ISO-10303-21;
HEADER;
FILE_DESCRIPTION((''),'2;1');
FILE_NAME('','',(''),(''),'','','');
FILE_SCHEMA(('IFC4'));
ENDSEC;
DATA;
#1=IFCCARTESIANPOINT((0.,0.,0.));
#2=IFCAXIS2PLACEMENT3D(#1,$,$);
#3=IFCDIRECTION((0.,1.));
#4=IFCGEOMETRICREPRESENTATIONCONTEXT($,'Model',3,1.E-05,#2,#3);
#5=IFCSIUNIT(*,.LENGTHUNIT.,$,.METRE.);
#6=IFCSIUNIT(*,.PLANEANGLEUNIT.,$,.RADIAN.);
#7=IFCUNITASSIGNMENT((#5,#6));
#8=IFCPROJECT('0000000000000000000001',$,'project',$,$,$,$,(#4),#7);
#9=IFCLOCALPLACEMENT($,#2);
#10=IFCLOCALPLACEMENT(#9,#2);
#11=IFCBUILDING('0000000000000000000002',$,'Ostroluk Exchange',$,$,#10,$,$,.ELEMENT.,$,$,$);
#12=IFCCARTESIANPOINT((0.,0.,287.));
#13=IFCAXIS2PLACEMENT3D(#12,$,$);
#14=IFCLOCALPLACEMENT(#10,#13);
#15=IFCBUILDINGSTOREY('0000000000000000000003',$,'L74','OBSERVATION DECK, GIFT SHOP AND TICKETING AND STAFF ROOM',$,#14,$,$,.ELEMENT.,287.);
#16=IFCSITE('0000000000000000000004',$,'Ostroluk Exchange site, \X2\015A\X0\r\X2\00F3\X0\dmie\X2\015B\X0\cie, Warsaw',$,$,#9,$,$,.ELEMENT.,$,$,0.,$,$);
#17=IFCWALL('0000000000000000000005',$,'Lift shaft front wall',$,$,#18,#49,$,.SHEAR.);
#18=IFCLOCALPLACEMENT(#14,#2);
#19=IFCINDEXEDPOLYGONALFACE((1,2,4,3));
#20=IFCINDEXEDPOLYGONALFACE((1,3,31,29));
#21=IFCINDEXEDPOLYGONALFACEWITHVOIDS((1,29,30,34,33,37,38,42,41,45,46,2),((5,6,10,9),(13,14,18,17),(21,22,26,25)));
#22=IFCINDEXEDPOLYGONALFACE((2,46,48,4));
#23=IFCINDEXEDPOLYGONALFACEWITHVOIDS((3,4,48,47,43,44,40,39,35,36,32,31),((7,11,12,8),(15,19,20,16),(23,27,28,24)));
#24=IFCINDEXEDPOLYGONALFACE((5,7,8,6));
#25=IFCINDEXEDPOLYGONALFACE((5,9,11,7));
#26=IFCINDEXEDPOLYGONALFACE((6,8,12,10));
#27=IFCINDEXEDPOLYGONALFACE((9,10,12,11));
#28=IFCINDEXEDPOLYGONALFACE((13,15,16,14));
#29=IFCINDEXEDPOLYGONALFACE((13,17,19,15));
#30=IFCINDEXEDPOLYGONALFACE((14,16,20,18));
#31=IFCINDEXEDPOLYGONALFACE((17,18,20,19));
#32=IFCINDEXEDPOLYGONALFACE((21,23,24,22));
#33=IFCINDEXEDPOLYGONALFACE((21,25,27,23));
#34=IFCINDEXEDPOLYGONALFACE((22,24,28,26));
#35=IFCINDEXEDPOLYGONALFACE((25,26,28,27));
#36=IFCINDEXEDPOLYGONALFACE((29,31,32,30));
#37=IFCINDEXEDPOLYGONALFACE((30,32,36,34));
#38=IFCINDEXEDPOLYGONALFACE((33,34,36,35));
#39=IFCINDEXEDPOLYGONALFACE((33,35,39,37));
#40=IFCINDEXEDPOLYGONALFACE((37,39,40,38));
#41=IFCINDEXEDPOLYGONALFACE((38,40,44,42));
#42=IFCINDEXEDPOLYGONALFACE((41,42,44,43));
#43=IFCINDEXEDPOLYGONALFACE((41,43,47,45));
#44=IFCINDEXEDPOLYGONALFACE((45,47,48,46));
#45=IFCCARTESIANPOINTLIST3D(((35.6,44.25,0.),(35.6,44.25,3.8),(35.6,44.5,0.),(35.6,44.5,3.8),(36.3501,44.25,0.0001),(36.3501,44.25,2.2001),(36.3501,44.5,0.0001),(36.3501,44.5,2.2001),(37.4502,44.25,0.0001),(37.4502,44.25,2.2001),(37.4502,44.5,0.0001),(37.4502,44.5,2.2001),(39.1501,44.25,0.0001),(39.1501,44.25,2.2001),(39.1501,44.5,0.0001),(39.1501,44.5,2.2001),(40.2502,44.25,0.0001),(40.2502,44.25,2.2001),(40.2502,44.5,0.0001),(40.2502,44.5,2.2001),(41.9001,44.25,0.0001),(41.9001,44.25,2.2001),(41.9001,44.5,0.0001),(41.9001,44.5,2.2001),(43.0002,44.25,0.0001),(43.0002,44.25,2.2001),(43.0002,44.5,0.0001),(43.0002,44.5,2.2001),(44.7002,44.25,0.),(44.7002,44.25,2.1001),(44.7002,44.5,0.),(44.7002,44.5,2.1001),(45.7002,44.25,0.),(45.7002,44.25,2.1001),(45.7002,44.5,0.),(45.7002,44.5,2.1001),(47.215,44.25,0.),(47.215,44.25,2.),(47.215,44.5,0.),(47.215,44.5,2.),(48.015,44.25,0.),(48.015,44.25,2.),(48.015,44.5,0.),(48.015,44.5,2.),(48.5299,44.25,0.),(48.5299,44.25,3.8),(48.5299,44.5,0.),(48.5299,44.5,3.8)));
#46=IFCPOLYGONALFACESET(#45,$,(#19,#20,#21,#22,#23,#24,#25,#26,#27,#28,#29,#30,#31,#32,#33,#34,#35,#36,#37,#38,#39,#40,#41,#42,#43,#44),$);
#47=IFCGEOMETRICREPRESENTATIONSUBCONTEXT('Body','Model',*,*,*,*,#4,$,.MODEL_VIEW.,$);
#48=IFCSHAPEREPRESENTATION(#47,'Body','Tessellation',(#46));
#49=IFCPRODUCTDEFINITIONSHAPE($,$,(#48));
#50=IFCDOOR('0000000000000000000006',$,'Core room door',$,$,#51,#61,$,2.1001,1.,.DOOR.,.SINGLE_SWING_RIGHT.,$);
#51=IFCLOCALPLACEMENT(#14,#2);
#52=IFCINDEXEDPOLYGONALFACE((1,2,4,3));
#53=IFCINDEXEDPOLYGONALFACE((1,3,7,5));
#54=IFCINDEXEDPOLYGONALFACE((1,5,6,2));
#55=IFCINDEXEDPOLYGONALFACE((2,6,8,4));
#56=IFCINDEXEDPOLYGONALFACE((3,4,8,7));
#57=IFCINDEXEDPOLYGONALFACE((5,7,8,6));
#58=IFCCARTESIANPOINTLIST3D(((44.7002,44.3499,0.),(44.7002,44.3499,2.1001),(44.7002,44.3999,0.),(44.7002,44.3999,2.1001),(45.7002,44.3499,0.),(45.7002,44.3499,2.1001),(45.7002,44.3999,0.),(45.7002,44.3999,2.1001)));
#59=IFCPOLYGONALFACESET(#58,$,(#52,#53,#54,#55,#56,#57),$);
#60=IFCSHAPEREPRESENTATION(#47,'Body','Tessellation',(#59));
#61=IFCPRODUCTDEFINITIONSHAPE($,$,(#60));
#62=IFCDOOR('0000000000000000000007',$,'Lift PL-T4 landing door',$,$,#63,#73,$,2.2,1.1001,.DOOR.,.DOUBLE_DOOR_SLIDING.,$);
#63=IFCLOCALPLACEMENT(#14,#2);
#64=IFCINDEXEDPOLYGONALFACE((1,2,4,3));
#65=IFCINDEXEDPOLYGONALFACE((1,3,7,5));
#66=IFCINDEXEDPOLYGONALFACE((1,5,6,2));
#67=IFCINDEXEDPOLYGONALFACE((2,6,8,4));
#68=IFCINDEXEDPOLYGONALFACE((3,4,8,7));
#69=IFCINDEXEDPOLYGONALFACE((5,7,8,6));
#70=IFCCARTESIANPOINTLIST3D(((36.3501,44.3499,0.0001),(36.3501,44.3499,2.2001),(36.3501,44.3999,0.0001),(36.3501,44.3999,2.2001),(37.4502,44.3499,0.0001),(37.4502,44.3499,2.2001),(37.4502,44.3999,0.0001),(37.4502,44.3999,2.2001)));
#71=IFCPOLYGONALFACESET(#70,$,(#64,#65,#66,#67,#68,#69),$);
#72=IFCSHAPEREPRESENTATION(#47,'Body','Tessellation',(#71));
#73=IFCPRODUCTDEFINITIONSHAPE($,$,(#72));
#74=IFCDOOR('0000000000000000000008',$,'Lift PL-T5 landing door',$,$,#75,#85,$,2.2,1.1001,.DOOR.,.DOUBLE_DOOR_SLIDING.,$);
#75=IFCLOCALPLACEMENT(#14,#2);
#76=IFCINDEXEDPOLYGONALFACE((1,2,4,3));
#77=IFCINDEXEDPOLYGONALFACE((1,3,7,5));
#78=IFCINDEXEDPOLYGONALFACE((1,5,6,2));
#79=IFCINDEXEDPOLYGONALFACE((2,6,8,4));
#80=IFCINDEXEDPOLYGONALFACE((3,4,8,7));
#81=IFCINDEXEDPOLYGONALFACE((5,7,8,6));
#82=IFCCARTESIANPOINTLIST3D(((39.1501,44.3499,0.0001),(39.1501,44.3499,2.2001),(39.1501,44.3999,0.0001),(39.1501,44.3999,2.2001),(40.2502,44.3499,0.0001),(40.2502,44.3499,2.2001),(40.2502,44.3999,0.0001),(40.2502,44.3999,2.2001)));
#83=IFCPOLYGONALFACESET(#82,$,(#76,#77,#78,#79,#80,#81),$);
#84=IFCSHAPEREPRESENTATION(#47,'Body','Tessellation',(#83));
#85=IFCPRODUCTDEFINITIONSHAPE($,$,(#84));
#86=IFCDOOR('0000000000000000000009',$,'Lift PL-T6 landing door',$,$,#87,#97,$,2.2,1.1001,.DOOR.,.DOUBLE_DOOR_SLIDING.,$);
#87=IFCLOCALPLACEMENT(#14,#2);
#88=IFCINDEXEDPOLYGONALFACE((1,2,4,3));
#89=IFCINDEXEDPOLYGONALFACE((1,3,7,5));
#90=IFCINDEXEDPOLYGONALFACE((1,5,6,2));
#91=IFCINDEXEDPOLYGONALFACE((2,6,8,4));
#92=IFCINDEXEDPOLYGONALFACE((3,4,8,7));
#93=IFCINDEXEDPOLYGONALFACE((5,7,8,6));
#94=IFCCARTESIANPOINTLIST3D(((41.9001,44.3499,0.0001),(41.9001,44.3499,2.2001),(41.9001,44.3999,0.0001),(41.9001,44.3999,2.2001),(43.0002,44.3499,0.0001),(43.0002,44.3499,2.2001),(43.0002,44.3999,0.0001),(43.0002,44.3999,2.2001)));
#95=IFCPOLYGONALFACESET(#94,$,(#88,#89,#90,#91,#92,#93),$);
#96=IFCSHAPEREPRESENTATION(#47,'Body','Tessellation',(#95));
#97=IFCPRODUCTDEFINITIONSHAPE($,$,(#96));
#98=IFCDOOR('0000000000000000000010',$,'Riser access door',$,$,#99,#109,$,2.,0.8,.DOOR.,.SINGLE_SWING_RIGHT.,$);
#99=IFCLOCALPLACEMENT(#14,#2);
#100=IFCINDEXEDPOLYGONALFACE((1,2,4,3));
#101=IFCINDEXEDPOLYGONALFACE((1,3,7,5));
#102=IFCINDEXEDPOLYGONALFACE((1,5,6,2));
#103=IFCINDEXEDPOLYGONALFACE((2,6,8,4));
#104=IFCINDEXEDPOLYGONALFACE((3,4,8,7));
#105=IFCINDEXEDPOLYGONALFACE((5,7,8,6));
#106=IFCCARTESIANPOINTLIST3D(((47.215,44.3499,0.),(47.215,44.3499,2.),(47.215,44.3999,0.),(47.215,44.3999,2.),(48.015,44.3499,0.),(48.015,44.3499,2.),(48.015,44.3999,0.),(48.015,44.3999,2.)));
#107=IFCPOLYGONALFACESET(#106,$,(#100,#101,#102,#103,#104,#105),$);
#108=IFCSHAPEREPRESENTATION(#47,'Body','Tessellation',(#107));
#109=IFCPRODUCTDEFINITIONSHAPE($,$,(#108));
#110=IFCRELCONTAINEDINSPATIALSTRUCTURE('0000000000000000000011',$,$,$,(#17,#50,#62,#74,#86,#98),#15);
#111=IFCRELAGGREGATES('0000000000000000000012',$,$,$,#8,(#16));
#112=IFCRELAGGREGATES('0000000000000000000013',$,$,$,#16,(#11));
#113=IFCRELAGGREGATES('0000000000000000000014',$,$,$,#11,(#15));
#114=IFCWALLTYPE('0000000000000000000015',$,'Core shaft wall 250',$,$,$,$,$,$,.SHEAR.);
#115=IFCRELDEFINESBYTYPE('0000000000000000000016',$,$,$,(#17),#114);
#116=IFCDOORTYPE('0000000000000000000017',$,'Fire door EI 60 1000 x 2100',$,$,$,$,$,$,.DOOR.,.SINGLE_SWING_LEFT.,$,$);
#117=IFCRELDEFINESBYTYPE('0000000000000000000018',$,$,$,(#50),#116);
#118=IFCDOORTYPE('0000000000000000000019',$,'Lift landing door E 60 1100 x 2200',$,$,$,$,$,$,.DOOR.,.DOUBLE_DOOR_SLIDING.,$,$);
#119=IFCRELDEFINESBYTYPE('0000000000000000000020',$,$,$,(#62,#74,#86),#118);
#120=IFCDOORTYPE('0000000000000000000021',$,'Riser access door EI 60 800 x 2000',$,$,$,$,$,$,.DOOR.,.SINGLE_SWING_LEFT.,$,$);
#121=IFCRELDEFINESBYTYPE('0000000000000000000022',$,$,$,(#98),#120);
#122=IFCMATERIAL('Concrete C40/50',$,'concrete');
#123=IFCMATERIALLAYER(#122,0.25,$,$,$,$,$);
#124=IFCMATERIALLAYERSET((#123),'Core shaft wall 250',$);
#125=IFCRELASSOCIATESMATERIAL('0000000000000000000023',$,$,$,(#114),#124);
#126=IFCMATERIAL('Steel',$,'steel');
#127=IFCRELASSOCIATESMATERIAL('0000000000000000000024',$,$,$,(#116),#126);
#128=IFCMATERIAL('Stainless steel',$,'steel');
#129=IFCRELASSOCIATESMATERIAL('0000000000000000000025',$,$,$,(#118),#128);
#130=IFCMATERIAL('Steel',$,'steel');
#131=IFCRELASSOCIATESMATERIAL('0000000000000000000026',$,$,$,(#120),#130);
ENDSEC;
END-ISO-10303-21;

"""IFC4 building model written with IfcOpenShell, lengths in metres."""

from ifc_helpers import new_model, si_unit, direction, frame, frame_2d, origin, place, context, subcontext, project, spatial, rectangle, extrude, material, layer, layer_set, type_object, element, fill, save


model = new_model("IFC4")

# Units and contexts
model_context = context("Model", 3, precision=1e-05, world=origin(), true_north=direction((0.0, 1.0)))
body_context = subcontext(model_context, "Body", "Model", "MODEL_VIEW")
ifc_project = project(units=[si_unit("LENGTHUNIT", "METRE"), si_unit("PLANEANGLEUNIT", "RADIAN")], contexts=[model_context])

# Site, building, storey
site_placement = place(None, origin())
site = spatial("IfcSite", under=ifc_project, at=site_placement, Name="Ostroluk Exchange site, Śródmieście, Warsaw", CompositionType="ELEMENT", RefElevation=0.0)
building_placement = place(site_placement, origin())
building = spatial("IfcBuilding", under=site, at=building_placement, Name="Ostroluk Exchange", CompositionType="ELEMENT")
storey_placement = place(building_placement, frame((0.0, 0.0, 287.0)))
storey = spatial("IfcBuildingStorey", under=building, at=storey_placement, Name="L74", Description="OBSERVATION DECK, GIFT SHOP AND TICKETING AND STAFF ROOM", CompositionType="ELEMENT", Elevation=287.0)

# Shared definitions
ifc_material_1 = material(Name="Concrete C40/50", Category="concrete")
ifc_layer = layer(ifc_material_1, 0.25)
ifc_layer_set = layer_set([ifc_layer], Name="Core shaft wall 250")
wall_type = type_object("IfcWallType", Name="Core shaft wall 250", PredefinedType="SHEAR", material=ifc_layer_set)

# Wall, openings, doors
ifc_material_2 = material(Name="Steel", Category="steel")
door_type_1 = type_object("IfcDoorType", Name="Fire door EI 60 1000 x 2100", OperationType="SINGLE_SWING_LEFT", PredefinedType="DOOR", material=ifc_material_2)
ifc_material_3 = material(Name="Stainless steel", Category="steel")
door_type_2 = type_object("IfcDoorType", Name="Lift landing door E 60 1100 x 2200", OperationType="DOUBLE_DOOR_SLIDING", PredefinedType="DOOR", material=ifc_material_3)
ifc_material_4 = material(Name="Steel", Category="steel")
door_type_3 = type_object("IfcDoorType", Name="Riser access door EI 60 800 x 2000", OperationType="SINGLE_SWING_LEFT", PredefinedType="DOOR", material=ifc_material_4)
wall_1_placement = place(storey_placement, frame((35.6001, 44.375, 0.0), z_axis=(0.0, 0.0, 1.0), x_axis=(1.0, 0.0, 0.0)))
wall_1 = element("IfcWall", 1, at=wall_1_placement, inside=storey, type_object=wall_type, Name="Lift shaft front wall", PredefinedType="SHEAR", context=body_context, shape_type="SweptSolid", body=[
    extrude(rectangle(XDim=12.9299, YDim=0.25, at=frame_2d((6.4648, 0.0))), origin(), (0.0, 0.0, 1.0), 3.8),
])
opening_1_placement = place(wall_1_placement, frame((0.75, 0.0, 0.0)))
opening_1 = element("IfcOpeningElement", 2, at=opening_1_placement, cuts=wall_1, PredefinedType="OPENING", context=body_context, shape_type="SweptSolid", body=[
    extrude(rectangle(XDim=1.1001, YDim=2.2, at=frame_2d((0.55, 1.1001))), frame((0.0, 0.135, 0.0), z_axis=(0.0, -1.0, 0.0), x_axis=(1.0, 0.0, 0.0)), (0.0, 0.0, 1.0), 0.27),
])
opening_2_placement = place(wall_1_placement, frame((3.55, 0.0, 0.0)))
opening_2 = element("IfcOpeningElement", 3, at=opening_2_placement, cuts=wall_1, PredefinedType="OPENING", context=body_context, shape_type="SweptSolid", body=[
    extrude(rectangle(XDim=1.1001, YDim=2.2, at=frame_2d((0.55, 1.1001))), frame((0.0, 0.135, 0.0), z_axis=(0.0, -1.0, 0.0), x_axis=(1.0, 0.0, 0.0)), (0.0, 0.0, 1.0), 0.27),
])
opening_3_placement = place(wall_1_placement, frame((6.3, 0.0, 0.0)))
opening_3 = element("IfcOpeningElement", 4, at=opening_3_placement, cuts=wall_1, PredefinedType="OPENING", context=body_context, shape_type="SweptSolid", body=[
    extrude(rectangle(XDim=1.1001, YDim=2.2, at=frame_2d((0.55, 1.1001))), frame((0.0, 0.135, 0.0), z_axis=(0.0, -1.0, 0.0), x_axis=(1.0, 0.0, 0.0)), (0.0, 0.0, 1.0), 0.27),
])
opening_4_placement = place(wall_1_placement, frame((9.1001, 0.0, 0.0)))
opening_4 = element("IfcOpeningElement", 5, at=opening_4_placement, cuts=wall_1, PredefinedType="OPENING", context=body_context, shape_type="SweptSolid", body=[
    extrude(rectangle(XDim=1.0, YDim=2.1001, at=frame_2d((0.5, 1.05))), frame((0.0, 0.135, 0.0), z_axis=(0.0, -1.0, 0.0), x_axis=(1.0, 0.0, 0.0)), (0.0, 0.0, 1.0), 0.27),
])
opening_5_placement = place(wall_1_placement, frame((11.615, 0.0, 0.0)))
opening_5 = element("IfcOpeningElement", 6, at=opening_5_placement, cuts=wall_1, PredefinedType="OPENING", context=body_context, shape_type="SweptSolid", body=[
    extrude(rectangle(XDim=0.8, YDim=2.0, at=frame_2d((0.3999, 1.0))), frame((0.0, 0.135, 0.0), z_axis=(0.0, -1.0, 0.0), x_axis=(1.0, 0.0, 0.0)), (0.0, 0.0, 1.0), 0.27),
])
door_1_placement = place(opening_4_placement, origin())
door_1 = element("IfcDoor", 7, at=door_1_placement, inside=storey, type_object=door_type_1, Name="Core room door", OperationType="SINGLE_SWING_RIGHT", OverallHeight=2.1001, OverallWidth=1.0, PredefinedType="DOOR", context=body_context, shape_type="SweptSolid", body=[
    extrude(rectangle(XDim=1.0, YDim=2.1001, at=frame_2d((0.5, 1.05))), frame((0.0, 0.0249, 0.0), z_axis=(0.0, -1.0, 0.0), x_axis=(1.0, 0.0, 0.0)), (0.0, 0.0, 1.0), 0.05),
])
fill(opening_4, door_1)
door_2_placement = place(opening_1_placement, origin())
door_2 = element("IfcDoor", 8, at=door_2_placement, inside=storey, type_object=door_type_2, Name="Lift PL-T4 landing door", OperationType="DOUBLE_DOOR_SLIDING", OverallHeight=2.2, OverallWidth=1.1001, PredefinedType="DOOR", context=body_context, shape_type="SweptSolid", body=[
    extrude(rectangle(XDim=1.1001, YDim=2.2, at=frame_2d((0.55, 1.1001))), frame((0.0, 0.0249, 0.0), z_axis=(0.0, -1.0, 0.0), x_axis=(1.0, 0.0, 0.0)), (0.0, 0.0, 1.0), 0.05),
])
fill(opening_1, door_2)
door_3_placement = place(opening_2_placement, origin())
door_3 = element("IfcDoor", 9, at=door_3_placement, inside=storey, type_object=door_type_2, Name="Lift PL-T5 landing door", OperationType="DOUBLE_DOOR_SLIDING", OverallHeight=2.2, OverallWidth=1.1001, PredefinedType="DOOR", context=body_context, shape_type="SweptSolid", body=[
    extrude(rectangle(XDim=1.1001, YDim=2.2, at=frame_2d((0.55, 1.1001))), frame((0.0, 0.0249, 0.0), z_axis=(0.0, -1.0, 0.0), x_axis=(1.0, 0.0, 0.0)), (0.0, 0.0, 1.0), 0.05),
])
fill(opening_2, door_3)
door_4_placement = place(opening_3_placement, origin())
door_4 = element("IfcDoor", 10, at=door_4_placement, inside=storey, type_object=door_type_2, Name="Lift PL-T6 landing door", OperationType="DOUBLE_DOOR_SLIDING", OverallHeight=2.2, OverallWidth=1.1001, PredefinedType="DOOR", context=body_context, shape_type="SweptSolid", body=[
    extrude(rectangle(XDim=1.1001, YDim=2.2, at=frame_2d((0.55, 1.1001))), frame((0.0, 0.0249, 0.0), z_axis=(0.0, -1.0, 0.0), x_axis=(1.0, 0.0, 0.0)), (0.0, 0.0, 1.0), 0.05),
])
fill(opening_3, door_4)
door_5_placement = place(opening_5_placement, origin())
door_5 = element("IfcDoor", 11, at=door_5_placement, inside=storey, type_object=door_type_3, Name="Riser access door", OperationType="SINGLE_SWING_RIGHT", OverallHeight=2.0, OverallWidth=0.8, PredefinedType="DOOR", context=body_context, shape_type="SweptSolid", body=[
    extrude(rectangle(XDim=0.8, YDim=2.0, at=frame_2d((0.3999, 1.0))), frame((0.0, 0.0249, 0.0), z_axis=(0.0, -1.0, 0.0), x_axis=(1.0, 0.0, 0.0)), (0.0, 0.0, 1.0), 0.05),
])
fill(opening_5, door_5)

save(model, "model.ifc")
